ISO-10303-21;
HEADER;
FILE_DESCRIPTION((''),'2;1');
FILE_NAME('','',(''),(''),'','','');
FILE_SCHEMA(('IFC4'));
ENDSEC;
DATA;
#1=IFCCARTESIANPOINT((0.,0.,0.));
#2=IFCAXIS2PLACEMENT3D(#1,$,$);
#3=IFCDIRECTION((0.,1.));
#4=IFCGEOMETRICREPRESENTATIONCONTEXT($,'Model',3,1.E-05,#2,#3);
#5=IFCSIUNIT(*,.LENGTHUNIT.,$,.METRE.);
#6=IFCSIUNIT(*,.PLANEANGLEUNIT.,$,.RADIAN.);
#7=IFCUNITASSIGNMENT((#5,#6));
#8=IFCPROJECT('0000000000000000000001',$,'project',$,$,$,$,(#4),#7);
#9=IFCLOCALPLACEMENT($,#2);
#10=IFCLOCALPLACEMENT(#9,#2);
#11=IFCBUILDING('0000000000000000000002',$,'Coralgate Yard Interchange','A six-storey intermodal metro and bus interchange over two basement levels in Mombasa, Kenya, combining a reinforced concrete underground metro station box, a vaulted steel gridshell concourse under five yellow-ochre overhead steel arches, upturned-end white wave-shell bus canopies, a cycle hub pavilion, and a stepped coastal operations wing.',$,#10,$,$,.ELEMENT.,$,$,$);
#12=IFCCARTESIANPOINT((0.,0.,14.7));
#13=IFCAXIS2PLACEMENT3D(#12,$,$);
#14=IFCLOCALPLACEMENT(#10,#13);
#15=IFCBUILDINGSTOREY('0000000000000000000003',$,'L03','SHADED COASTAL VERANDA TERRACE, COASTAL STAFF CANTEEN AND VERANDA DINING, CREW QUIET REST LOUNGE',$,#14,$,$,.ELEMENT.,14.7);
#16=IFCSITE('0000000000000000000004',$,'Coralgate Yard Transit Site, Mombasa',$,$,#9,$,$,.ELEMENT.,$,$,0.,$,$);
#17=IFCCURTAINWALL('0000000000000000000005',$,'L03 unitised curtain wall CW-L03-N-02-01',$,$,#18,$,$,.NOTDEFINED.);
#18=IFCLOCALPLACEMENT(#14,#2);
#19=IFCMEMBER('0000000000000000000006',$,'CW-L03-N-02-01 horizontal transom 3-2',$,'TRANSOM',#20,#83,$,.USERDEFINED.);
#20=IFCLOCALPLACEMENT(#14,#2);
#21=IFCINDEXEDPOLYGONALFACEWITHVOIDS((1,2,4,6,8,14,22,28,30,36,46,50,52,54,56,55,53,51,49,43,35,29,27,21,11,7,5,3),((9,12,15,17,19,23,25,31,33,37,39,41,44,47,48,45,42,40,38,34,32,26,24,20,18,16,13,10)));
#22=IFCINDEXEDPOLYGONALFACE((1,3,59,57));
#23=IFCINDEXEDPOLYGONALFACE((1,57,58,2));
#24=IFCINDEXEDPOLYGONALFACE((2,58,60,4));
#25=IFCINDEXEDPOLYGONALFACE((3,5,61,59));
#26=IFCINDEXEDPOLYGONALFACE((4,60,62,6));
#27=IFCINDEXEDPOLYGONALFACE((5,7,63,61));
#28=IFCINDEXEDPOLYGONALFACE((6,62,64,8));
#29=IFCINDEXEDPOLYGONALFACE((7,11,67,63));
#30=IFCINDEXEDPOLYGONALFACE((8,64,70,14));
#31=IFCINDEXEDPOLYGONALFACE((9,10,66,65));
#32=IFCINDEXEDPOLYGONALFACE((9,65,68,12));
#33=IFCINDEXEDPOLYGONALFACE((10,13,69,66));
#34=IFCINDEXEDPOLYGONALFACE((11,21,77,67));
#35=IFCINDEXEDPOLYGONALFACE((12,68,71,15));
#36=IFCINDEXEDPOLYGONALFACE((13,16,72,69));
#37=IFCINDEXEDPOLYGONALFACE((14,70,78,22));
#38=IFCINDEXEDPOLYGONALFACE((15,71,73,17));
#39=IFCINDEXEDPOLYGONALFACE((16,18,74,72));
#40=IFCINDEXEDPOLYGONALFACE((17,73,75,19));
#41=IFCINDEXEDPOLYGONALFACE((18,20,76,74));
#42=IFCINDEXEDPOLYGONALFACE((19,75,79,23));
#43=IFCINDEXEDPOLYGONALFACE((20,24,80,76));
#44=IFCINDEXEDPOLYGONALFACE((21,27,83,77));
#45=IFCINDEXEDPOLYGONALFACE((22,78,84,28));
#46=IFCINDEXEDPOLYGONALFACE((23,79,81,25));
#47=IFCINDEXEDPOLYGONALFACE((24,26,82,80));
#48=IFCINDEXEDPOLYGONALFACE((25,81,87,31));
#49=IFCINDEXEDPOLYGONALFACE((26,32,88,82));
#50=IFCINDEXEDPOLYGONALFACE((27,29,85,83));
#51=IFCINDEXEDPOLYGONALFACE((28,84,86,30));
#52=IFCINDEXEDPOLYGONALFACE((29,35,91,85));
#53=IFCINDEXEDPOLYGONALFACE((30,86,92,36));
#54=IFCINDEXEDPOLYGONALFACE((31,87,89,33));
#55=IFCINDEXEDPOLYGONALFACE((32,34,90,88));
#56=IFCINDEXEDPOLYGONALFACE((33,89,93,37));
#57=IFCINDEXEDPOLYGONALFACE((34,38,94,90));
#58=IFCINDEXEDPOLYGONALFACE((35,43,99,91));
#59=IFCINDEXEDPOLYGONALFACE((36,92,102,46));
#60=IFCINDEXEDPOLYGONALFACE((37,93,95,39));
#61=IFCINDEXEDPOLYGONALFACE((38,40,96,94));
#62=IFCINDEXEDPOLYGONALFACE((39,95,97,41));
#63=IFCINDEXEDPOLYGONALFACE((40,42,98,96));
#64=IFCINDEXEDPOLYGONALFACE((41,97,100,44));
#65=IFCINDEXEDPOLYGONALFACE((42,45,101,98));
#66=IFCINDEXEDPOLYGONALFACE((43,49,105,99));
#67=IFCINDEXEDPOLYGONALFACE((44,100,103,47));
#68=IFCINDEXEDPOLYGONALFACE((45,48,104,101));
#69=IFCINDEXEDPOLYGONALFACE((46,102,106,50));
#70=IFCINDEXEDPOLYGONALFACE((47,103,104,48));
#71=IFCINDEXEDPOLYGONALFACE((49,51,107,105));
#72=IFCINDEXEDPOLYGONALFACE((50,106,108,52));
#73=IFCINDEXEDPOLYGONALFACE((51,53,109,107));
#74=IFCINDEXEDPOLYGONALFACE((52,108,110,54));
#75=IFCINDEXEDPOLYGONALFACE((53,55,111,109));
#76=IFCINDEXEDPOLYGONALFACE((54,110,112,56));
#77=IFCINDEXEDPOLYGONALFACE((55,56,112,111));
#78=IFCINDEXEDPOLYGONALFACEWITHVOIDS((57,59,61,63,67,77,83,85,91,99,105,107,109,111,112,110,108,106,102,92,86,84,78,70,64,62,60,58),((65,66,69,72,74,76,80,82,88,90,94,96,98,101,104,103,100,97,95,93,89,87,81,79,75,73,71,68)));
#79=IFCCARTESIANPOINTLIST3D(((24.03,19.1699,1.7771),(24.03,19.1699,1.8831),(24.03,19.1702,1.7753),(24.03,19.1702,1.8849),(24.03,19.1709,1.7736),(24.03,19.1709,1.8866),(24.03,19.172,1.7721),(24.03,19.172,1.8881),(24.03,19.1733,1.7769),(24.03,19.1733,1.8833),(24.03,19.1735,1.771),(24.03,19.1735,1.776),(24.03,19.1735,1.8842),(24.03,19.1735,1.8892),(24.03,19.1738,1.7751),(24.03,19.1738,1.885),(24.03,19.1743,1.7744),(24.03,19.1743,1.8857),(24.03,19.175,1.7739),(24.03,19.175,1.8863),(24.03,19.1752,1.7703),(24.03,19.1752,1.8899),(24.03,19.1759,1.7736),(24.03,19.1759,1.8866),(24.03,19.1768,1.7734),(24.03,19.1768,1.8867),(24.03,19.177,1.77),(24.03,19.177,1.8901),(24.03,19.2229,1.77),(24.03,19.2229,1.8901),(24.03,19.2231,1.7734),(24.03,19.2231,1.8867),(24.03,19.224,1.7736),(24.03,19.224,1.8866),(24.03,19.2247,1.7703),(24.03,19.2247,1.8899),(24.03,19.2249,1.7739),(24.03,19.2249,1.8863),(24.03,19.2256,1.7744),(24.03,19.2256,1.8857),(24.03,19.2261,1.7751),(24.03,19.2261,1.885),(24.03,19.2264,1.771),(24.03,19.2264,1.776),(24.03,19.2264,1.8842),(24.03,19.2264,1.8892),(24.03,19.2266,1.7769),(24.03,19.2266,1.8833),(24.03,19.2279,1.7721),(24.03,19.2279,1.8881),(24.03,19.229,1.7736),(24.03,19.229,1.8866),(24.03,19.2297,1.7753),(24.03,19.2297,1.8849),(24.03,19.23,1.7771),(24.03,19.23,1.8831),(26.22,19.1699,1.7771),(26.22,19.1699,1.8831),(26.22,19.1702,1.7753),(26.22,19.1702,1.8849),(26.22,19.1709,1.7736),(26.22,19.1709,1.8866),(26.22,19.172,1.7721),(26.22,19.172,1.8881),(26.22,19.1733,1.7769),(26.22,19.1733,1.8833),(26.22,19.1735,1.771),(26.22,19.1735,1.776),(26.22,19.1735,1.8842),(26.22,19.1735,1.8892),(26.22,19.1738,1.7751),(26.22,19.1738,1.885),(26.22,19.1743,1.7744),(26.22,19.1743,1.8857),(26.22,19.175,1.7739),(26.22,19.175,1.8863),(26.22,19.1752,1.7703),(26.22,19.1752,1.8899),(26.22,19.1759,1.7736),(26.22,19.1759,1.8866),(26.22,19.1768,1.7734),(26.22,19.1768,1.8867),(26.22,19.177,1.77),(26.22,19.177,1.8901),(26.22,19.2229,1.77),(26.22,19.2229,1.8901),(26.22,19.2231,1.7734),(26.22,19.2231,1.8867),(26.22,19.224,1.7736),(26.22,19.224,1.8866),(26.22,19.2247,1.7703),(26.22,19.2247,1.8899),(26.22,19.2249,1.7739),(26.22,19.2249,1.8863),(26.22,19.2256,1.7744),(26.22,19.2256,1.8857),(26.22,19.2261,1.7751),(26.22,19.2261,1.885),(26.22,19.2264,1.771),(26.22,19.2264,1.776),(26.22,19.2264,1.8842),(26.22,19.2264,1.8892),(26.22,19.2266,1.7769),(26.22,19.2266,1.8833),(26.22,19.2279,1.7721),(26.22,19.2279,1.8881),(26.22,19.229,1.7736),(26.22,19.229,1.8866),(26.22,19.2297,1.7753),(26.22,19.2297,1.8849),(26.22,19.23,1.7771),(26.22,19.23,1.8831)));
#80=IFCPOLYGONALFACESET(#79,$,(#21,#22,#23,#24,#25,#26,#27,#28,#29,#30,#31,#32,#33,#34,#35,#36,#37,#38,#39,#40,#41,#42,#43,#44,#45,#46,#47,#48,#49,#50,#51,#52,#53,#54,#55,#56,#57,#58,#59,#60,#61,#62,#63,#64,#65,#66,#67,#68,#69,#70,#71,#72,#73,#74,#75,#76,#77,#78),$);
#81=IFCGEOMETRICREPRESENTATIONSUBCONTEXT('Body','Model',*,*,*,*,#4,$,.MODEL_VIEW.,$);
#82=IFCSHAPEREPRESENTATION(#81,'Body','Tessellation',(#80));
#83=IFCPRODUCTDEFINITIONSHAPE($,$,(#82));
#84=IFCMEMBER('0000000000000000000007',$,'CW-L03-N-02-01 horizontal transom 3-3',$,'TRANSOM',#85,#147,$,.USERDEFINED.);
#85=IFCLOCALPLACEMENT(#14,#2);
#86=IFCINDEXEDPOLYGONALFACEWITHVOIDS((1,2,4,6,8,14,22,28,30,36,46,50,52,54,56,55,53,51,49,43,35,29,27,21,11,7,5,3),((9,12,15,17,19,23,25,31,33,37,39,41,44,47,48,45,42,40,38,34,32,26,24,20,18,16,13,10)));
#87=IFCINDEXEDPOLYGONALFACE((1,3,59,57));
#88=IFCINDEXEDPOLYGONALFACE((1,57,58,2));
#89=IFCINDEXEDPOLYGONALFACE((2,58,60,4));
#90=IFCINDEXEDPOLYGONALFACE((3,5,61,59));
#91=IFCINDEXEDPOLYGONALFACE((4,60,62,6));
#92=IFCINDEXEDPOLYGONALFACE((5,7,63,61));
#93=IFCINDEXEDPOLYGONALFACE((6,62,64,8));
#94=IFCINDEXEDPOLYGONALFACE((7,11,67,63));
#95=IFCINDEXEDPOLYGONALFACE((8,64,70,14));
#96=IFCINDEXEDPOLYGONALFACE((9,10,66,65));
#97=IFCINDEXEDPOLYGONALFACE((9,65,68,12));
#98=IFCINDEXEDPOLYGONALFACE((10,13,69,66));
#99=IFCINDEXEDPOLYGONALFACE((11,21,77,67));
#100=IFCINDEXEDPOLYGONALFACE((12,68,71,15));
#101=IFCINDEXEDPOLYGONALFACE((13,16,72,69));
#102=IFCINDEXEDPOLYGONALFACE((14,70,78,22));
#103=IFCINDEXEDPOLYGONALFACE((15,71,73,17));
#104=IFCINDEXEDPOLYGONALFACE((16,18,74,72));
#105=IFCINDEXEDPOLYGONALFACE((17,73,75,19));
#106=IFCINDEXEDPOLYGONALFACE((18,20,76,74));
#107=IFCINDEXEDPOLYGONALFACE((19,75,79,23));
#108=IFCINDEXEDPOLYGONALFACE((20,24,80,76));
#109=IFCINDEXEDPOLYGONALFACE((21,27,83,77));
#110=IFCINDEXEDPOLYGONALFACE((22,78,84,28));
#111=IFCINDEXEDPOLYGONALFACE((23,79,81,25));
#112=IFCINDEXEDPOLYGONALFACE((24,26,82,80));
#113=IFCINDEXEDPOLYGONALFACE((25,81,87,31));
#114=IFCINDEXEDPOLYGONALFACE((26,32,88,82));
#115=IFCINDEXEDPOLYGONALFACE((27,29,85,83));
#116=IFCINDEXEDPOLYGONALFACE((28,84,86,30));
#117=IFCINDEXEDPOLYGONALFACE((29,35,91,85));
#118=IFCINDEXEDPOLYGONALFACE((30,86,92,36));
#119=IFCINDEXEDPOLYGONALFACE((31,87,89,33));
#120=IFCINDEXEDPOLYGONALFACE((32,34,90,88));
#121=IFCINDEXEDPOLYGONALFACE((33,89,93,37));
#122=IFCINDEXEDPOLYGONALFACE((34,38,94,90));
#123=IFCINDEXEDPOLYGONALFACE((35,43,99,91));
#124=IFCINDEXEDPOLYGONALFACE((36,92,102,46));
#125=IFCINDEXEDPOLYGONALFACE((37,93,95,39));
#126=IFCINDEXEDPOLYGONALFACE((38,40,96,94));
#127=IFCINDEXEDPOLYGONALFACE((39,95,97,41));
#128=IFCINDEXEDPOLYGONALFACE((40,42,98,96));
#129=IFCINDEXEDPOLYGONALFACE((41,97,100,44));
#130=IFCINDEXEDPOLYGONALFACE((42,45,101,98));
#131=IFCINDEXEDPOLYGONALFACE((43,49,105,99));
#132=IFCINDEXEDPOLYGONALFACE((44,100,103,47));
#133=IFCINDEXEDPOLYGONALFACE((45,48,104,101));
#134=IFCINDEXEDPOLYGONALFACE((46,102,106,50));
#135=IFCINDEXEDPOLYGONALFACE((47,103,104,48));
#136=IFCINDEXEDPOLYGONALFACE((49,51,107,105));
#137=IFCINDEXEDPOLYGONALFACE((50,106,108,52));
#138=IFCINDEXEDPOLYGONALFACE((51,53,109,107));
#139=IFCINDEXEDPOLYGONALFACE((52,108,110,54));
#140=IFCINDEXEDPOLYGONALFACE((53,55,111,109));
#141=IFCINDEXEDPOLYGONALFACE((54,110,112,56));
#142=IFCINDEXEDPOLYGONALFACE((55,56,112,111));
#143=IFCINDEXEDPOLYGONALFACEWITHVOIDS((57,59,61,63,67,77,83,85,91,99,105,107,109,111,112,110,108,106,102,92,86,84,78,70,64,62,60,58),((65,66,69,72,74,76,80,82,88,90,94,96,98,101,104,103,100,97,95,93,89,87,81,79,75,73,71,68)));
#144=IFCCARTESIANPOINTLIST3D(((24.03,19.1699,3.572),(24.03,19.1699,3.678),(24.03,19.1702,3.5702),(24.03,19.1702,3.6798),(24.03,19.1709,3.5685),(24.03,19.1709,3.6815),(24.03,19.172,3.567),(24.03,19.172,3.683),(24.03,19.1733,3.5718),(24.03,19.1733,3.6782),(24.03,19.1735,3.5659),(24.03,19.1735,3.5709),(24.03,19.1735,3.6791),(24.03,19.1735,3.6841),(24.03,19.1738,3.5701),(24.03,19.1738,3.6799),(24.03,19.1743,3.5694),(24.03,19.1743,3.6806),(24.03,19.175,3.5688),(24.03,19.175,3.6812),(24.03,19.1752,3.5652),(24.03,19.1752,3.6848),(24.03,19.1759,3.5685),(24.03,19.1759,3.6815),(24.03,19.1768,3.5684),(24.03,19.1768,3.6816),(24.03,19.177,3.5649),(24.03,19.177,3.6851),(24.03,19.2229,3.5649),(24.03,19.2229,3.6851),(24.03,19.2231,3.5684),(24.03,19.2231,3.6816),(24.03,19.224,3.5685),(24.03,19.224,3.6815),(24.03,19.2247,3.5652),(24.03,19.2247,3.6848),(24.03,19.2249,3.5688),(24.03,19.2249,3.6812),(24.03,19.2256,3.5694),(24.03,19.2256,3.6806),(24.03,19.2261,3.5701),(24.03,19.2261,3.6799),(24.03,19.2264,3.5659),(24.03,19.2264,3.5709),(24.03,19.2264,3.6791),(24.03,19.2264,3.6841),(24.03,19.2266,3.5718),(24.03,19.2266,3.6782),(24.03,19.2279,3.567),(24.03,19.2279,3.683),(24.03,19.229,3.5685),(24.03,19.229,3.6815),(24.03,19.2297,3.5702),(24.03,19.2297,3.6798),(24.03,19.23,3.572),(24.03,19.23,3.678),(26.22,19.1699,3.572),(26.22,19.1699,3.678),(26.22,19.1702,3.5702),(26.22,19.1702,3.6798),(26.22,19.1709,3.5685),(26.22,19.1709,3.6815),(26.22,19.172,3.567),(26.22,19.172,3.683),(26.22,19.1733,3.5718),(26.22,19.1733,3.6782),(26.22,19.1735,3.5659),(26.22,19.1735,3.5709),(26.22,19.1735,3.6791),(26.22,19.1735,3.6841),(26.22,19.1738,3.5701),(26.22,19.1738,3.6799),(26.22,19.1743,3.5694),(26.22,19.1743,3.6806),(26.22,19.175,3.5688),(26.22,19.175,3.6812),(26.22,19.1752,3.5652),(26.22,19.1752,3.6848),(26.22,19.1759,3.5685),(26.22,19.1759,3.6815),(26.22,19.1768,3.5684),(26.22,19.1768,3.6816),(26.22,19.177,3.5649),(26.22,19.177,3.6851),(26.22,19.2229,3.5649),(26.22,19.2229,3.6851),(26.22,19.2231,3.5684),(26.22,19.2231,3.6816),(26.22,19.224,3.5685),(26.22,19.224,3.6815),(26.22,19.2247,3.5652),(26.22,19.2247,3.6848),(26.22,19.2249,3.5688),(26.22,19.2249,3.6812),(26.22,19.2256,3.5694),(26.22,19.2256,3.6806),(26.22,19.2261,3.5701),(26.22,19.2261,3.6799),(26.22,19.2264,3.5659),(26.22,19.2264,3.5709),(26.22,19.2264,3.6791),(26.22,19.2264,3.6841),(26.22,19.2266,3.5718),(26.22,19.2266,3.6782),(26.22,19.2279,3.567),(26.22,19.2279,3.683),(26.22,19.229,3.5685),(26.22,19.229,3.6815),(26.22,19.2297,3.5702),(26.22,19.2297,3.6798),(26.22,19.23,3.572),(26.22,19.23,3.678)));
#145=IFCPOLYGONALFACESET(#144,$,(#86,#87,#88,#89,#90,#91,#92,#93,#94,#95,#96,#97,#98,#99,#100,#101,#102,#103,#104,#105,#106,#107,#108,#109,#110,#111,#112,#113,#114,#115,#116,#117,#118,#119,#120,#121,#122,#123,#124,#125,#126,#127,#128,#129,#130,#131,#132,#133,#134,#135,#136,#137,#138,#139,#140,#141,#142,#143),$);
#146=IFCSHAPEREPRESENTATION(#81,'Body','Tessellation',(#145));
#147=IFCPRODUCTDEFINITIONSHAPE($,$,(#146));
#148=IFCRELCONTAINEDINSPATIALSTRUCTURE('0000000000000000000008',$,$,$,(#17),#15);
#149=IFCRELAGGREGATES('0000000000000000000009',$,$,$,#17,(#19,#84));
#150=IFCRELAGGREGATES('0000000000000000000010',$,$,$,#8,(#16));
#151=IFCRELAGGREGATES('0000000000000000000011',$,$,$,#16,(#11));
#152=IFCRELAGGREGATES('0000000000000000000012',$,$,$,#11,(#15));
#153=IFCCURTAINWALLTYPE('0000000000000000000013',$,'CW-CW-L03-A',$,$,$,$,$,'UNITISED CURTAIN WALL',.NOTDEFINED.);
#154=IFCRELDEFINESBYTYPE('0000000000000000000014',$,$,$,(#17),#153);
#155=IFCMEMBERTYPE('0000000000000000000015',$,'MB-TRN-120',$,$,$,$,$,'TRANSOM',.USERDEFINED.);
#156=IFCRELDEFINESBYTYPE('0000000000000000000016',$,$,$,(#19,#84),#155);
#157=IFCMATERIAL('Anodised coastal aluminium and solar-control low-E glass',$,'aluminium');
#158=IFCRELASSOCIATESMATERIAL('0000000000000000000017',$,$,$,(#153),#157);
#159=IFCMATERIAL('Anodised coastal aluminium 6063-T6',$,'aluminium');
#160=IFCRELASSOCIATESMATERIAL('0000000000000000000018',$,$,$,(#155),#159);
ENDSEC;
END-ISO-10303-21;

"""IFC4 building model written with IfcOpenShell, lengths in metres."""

from ifc_helpers import new_model, si_unit, direction, frame, origin, origin_2d, place, context, subcontext, project, spatial, hollow_rectangle, extrude, material, material_profile, profile_set, type_object, element, aggregate, save


model = new_model("IFC4")

# Units and contexts
model_context = context("Model", 3, precision=1e-05, world=origin(), true_north=direction((0.0, 1.0)))
body_context = subcontext(model_context, "Body", "Model", "MODEL_VIEW")
ifc_project = project(units=[si_unit("LENGTHUNIT", "METRE"), si_unit("PLANEANGLEUNIT", "RADIAN")], contexts=[model_context])

# Site, building, storey
site_placement = place(None, origin())
site = spatial("IfcSite", under=ifc_project, at=site_placement, Name="Coralgate Yard Transit Site, Mombasa", CompositionType="ELEMENT", RefElevation=0.0)
building_placement = place(site_placement, origin())
building = spatial("IfcBuilding", under=site, at=building_placement, Name="Coralgate Yard Interchange", Description="A six-storey intermodal metro and bus interchange over two basement levels in Mombasa, Kenya, combining a reinforced concrete underground metro station box, a vaulted steel gridshell concourse under five yellow-ochre overhead steel arches, upturned-end white wave-shell bus canopies, a cycle hub pavilion, and a stepped coastal operations wing.", CompositionType="ELEMENT")
storey_placement = place(building_placement, frame((0.0, 0.0, 14.7)))
storey = spatial("IfcBuildingStorey", under=building, at=storey_placement, Name="L03", Description="SHADED COASTAL VERANDA TERRACE, COASTAL STAFF CANTEEN AND VERANDA DINING, CREW QUIET REST LOUNGE", CompositionType="ELEMENT", Elevation=14.7)

# Curtain wall, members
ifc_material_1 = material(Name="Anodised coastal aluminium and solar-control low-E glass", Category="aluminium")
curtain_wall_type = type_object("IfcCurtainWallType", Name="CW-CW-L03-A", ElementType="UNITISED CURTAIN WALL", PredefinedType="NOTDEFINED", material=ifc_material_1)
curtain_wall_placement = place(storey_placement, origin())
curtain_wall = element("IfcCurtainWall", 1, at=curtain_wall_placement, inside=storey, type_object=curtain_wall_type, Name="L03 unitised curtain wall CW-L03-N-02-01", PredefinedType="NOTDEFINED")
ifc_material_2 = material(Name="Anodised coastal aluminium 6063-T6", Category="aluminium")
ifc_material_profile_1 = material_profile(ifc_material_2, hollow_rectangle(XDim=0.0601, YDim=0.1201, WallThickness=0.0034, InnerFilletRadius=0.0034, OuterFilletRadius=0.0071, at=origin_2d()), Name="ALU 60x120x3.5")
ifc_profile_set_1 = profile_set([ifc_material_profile_1], Name="Anodised coastal aluminium 6063-T6")
member_type_1 = type_object("IfcMemberType", Name="MB-TRN-120", ElementType="TRANSOM", PredefinedType="USERDEFINED", material=ifc_profile_set_1)
member_1_placement = place(storey_placement, frame((24.03, 19.2, 1.8301), z_axis=(1.0, 0.0, 0.0), x_axis=(0.0, 1.0, 0.0)))
member_1 = element("IfcMember", 2, at=member_1_placement, type_object=member_type_1, Name="CW-L03-N-02-01 horizontal transom 3-2", ObjectType="TRANSOM", PredefinedType="USERDEFINED", context=body_context, shape_type="SweptSolid", body=[
    extrude(hollow_rectangle(XDim=0.0601, YDim=0.1201, WallThickness=0.0034, InnerFilletRadius=0.0034, OuterFilletRadius=0.0071, at=origin_2d()), origin(), (0.0, 0.0, 1.0), 2.1899),
])
member_2_placement = place(storey_placement, frame((24.03, 19.2, 3.625), z_axis=(1.0, 0.0, 0.0), x_axis=(0.0, 1.0, 0.0)))
member_2 = element("IfcMember", 3, at=member_2_placement, type_object=member_type_1, Name="CW-L03-N-02-01 horizontal transom 3-3", ObjectType="TRANSOM", PredefinedType="USERDEFINED", context=body_context, shape_type="SweptSolid", body=[
    extrude(hollow_rectangle(XDim=0.0601, YDim=0.1201, WallThickness=0.0034, InnerFilletRadius=0.0034, OuterFilletRadius=0.0071, at=origin_2d()), origin(), (0.0, 0.0, 1.0), 2.1899),
])
aggregate(curtain_wall, [member_1, member_2])

save(model, "model.ifc")
